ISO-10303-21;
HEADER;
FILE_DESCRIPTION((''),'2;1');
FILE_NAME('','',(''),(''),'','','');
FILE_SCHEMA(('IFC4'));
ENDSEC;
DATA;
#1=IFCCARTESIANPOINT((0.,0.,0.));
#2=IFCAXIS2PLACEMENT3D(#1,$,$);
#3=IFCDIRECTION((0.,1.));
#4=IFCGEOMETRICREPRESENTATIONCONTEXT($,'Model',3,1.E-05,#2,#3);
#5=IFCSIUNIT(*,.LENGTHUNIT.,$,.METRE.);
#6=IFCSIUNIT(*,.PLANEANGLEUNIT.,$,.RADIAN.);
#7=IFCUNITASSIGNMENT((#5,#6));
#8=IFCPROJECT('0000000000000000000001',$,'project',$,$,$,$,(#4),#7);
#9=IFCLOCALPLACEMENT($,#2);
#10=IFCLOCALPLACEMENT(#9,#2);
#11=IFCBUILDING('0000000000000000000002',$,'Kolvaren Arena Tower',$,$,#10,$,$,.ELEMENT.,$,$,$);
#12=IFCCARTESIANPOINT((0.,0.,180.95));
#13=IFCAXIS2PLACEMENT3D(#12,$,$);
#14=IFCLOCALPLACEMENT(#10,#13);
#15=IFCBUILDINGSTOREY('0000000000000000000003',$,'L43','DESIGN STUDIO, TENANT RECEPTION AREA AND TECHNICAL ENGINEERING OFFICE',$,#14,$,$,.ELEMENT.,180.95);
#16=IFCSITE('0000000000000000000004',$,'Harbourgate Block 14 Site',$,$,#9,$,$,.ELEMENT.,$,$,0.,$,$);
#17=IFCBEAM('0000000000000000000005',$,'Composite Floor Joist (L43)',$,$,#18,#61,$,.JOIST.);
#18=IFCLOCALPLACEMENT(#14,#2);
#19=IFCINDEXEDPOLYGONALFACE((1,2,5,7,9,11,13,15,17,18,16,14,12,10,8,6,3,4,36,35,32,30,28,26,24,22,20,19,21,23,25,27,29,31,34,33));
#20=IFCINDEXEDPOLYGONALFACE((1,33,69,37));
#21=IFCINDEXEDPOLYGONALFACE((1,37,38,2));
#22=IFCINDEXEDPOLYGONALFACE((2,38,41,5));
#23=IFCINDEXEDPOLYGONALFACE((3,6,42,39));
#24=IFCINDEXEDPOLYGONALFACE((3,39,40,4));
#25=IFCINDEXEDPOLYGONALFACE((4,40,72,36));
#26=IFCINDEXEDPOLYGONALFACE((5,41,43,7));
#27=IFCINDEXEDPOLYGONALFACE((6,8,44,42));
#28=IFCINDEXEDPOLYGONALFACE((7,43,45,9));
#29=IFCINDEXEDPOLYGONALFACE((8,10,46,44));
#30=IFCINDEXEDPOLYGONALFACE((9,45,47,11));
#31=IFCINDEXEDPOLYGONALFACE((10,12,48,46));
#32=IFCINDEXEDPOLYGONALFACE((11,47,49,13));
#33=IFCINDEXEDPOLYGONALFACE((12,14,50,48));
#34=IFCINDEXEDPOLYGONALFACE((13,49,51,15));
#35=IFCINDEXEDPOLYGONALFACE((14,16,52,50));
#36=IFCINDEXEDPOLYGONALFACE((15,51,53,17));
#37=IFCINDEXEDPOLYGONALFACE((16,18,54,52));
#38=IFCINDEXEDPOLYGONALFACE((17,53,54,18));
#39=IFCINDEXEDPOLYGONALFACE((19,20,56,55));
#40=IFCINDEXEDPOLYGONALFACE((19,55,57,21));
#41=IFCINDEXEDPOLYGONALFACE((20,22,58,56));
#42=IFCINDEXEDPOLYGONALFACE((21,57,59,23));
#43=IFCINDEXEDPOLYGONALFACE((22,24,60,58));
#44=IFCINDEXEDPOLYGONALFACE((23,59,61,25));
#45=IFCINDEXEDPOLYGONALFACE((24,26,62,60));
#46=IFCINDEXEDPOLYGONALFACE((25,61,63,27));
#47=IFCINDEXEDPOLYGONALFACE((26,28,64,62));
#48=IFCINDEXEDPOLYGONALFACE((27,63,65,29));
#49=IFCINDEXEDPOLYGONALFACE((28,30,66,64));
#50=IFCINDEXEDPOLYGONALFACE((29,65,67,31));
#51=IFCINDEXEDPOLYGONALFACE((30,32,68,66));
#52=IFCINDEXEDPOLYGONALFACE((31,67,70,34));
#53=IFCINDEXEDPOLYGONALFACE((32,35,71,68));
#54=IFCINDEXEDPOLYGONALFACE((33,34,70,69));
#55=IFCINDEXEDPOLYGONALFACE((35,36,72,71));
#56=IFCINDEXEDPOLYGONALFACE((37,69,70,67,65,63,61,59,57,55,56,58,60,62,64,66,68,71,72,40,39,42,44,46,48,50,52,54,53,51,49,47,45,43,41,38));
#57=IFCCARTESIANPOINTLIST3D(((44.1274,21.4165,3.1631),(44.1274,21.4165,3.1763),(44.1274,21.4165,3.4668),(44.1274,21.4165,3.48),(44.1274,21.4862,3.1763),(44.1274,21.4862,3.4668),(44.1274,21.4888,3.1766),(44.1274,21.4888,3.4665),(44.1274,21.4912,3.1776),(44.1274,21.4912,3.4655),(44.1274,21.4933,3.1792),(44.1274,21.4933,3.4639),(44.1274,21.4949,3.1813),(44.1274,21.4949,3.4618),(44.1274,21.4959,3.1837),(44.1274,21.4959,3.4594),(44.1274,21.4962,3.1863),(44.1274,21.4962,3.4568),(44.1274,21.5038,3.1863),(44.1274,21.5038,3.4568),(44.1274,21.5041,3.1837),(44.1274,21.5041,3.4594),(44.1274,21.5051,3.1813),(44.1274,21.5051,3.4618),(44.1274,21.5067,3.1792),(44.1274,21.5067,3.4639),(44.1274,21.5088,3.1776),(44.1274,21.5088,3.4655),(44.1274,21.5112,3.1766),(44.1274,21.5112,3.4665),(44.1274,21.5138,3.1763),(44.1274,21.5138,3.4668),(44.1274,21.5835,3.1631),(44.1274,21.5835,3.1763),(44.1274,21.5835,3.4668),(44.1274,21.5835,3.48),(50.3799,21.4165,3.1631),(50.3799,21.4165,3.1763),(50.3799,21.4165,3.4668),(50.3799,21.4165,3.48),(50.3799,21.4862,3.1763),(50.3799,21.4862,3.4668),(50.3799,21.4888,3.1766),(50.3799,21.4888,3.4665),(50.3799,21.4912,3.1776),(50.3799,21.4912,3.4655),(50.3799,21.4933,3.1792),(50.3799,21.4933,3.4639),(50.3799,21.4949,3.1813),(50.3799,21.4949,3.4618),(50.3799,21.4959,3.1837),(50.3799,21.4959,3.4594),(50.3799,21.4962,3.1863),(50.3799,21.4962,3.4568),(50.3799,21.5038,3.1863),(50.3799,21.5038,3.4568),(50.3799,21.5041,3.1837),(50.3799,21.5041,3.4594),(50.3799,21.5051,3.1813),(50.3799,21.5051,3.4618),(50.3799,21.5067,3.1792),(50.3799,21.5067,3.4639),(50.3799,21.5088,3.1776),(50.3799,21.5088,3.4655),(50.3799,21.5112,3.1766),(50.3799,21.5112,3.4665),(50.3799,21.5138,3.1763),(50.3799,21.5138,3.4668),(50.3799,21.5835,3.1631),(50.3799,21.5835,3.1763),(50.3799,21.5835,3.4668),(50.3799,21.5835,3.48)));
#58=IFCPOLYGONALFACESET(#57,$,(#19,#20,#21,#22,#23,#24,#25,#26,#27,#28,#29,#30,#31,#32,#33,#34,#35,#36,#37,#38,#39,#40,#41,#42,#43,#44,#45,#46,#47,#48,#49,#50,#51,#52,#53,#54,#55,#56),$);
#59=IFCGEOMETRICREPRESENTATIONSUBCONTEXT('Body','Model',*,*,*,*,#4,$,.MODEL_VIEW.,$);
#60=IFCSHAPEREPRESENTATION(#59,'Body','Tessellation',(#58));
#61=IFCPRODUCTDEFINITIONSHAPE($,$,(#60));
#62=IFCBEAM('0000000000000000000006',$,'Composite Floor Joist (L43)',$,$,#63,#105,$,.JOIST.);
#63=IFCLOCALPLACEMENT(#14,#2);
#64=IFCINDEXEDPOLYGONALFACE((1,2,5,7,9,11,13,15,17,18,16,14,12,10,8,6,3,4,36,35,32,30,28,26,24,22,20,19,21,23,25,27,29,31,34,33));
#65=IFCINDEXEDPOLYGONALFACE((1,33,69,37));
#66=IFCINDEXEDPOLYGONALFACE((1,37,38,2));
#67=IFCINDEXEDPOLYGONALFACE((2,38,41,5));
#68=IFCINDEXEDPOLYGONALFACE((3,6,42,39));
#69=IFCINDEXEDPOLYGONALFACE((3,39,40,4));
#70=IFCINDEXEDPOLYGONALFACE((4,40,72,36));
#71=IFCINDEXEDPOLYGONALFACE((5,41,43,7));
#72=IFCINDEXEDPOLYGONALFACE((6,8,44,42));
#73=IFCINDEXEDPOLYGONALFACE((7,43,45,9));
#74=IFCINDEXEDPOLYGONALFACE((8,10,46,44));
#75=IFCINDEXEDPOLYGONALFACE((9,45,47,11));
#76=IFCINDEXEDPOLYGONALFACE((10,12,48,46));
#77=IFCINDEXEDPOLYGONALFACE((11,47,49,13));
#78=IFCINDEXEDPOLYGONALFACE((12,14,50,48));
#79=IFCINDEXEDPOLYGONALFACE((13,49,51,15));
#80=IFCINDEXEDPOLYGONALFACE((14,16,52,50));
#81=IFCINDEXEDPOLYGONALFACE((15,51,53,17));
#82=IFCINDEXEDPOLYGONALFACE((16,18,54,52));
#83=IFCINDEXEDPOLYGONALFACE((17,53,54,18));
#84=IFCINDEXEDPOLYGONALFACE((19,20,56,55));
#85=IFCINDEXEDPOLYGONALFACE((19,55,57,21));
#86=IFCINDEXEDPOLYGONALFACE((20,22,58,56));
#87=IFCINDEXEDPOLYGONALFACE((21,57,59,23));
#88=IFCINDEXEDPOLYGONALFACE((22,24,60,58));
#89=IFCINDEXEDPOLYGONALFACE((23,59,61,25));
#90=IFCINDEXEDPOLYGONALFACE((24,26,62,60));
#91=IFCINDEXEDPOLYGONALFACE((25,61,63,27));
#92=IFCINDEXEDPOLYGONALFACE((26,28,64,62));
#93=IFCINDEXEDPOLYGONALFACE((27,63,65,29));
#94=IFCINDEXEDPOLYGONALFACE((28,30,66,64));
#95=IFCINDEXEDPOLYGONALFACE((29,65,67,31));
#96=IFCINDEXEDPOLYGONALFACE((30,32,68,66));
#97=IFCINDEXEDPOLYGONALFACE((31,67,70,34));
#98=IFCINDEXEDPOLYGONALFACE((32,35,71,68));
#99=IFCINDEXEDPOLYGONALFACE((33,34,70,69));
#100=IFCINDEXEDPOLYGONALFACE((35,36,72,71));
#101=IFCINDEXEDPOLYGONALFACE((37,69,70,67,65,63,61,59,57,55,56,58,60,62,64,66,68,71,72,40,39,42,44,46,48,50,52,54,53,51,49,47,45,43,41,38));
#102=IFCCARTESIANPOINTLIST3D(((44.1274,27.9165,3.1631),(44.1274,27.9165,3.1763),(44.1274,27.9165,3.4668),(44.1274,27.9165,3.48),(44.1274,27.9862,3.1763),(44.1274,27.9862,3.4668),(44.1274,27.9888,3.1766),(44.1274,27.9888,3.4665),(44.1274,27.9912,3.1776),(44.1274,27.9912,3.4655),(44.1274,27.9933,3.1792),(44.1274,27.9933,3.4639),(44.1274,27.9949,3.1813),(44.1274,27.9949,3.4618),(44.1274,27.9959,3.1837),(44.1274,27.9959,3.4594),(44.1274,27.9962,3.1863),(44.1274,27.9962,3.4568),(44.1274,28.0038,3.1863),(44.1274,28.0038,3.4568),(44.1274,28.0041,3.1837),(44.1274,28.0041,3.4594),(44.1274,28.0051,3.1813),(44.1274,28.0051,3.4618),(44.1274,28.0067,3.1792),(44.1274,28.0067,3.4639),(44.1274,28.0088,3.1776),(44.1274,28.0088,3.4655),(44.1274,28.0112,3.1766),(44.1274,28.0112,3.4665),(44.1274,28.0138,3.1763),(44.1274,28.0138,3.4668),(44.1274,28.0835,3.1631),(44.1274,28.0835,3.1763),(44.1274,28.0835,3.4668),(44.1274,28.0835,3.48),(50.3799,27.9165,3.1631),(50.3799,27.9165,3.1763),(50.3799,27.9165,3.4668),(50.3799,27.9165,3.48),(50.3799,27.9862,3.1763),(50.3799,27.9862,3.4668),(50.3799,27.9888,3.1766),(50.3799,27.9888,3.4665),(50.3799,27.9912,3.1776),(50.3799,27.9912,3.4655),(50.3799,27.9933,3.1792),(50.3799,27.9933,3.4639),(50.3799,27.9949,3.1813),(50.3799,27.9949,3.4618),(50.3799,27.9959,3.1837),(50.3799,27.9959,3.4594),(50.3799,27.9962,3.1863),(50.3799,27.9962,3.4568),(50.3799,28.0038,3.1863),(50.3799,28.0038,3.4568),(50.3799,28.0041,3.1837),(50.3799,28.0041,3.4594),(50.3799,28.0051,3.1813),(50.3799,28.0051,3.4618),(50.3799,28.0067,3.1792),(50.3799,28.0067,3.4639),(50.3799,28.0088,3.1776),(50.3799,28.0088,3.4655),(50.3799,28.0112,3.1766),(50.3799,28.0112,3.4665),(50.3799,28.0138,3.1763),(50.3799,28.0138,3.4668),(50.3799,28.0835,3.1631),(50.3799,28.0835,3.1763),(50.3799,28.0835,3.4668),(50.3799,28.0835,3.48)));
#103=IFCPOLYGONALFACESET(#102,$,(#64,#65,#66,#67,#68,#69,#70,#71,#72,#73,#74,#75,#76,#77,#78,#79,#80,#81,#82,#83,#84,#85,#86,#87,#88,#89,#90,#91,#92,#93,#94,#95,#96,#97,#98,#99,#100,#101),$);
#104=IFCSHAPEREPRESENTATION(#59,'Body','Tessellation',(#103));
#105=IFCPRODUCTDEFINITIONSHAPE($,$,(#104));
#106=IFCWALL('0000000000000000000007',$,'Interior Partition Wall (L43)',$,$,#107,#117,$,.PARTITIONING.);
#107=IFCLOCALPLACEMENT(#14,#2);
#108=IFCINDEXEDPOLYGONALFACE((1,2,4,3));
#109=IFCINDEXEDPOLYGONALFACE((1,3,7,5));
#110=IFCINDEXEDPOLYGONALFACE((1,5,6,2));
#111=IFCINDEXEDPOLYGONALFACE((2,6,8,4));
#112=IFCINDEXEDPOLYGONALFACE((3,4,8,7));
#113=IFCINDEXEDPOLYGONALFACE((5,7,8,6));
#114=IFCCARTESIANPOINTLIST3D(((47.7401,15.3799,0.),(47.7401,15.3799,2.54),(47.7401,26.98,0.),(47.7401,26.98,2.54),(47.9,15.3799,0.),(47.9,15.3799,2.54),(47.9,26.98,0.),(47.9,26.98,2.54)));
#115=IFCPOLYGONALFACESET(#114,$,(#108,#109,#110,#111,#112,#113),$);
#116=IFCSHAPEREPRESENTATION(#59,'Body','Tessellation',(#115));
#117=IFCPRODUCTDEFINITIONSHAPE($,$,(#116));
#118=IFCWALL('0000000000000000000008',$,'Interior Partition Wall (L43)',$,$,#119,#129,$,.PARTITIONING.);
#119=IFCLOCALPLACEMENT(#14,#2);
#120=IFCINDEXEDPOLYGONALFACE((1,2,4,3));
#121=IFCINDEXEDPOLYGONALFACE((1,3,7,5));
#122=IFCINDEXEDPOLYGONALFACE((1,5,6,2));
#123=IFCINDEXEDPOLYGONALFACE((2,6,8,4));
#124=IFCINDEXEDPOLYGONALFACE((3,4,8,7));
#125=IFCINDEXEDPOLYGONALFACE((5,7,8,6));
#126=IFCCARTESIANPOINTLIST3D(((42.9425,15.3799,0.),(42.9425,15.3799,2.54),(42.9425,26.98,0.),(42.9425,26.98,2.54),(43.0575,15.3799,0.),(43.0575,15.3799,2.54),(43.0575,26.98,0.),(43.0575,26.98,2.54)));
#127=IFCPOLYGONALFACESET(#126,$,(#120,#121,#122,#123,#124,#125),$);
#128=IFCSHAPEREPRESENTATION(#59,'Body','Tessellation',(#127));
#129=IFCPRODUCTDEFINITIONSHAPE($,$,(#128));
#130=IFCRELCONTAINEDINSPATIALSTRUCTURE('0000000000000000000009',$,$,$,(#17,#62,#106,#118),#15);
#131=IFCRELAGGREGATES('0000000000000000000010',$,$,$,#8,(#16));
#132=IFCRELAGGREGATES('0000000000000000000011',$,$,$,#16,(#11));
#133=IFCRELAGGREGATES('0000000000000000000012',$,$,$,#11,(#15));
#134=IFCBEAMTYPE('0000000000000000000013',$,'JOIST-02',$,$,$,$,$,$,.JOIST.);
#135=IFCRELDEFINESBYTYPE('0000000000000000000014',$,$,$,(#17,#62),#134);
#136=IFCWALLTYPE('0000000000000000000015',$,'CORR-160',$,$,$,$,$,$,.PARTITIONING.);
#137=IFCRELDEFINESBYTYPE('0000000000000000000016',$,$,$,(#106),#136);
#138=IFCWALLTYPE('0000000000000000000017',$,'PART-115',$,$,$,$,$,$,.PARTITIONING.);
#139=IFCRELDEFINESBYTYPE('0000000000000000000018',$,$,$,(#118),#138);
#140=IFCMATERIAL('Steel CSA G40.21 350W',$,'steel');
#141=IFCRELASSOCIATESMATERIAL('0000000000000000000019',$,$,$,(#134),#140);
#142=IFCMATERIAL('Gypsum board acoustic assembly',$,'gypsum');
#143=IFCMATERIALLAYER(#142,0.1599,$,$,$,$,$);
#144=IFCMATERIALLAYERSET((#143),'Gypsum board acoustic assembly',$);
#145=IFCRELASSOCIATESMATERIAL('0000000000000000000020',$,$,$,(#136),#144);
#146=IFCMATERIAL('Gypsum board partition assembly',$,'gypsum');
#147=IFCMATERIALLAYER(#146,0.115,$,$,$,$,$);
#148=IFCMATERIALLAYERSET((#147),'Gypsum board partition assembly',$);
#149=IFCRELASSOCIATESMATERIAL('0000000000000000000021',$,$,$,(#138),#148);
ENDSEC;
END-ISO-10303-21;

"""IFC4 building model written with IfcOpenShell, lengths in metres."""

from ifc_helpers import new_model, si_unit, direction, frame, frame_2d, origin, origin_2d, place, context, subcontext, project, spatial, rectangle, i_section, extrude, material, layer, layer_set, material_profile, profile_set, type_object, element, save


model = new_model("IFC4")

# Units and contexts
model_context = context("Model", 3, precision=1e-05, world=origin(), true_north=direction((0.0, 1.0)))
body_context = subcontext(model_context, "Body", "Model", "MODEL_VIEW")
ifc_project = project(units=[si_unit("LENGTHUNIT", "METRE"), si_unit("PLANEANGLEUNIT", "RADIAN")], contexts=[model_context])

# Site, building, storey
site_placement = place(None, origin())
site = spatial("IfcSite", under=ifc_project, at=site_placement, Name="Harbourgate Block 14 Site", CompositionType="ELEMENT", RefElevation=0.0)
building_placement = place(site_placement, origin())
building = spatial("IfcBuilding", under=site, at=building_placement, Name="Kolvaren Arena Tower", CompositionType="ELEMENT")
storey_placement = place(building_placement, frame((0.0, 0.0, 180.95)))
storey = spatial("IfcBuildingStorey", under=building, at=storey_placement, Name="L43", Description="DESIGN STUDIO, TENANT RECEPTION AREA AND TECHNICAL ENGINEERING OFFICE", CompositionType="ELEMENT", Elevation=180.95)

# Beams
ifc_material_1 = material(Name="Steel CSA G40.21 350W", Category="steel")
ifc_material_profile_1 = material_profile(ifc_material_1, i_section(OverallWidth=0.167, OverallDepth=0.3169, WebThickness=0.0076, FlangeThickness=0.0132, FilletRadius=0.01, at=origin_2d()), Name="W310x52")
ifc_profile_set_1 = profile_set([ifc_material_profile_1], Name="Steel CSA G40.21 350W")
beam_type_1 = type_object("IfcBeamType", Name="JOIST-02", PredefinedType="JOIST", material=ifc_profile_set_1)
for number, where, z_axis, x_axis, name in (
    (1, (44.1274, 21.5, 3.3215), (1.0, 0.0, 0.0), (0.0, 1.0, 0.0), "Composite Floor Joist (L43)"),
    (2, (44.1274, 28.0, 3.3215), (1.0, 0.0, 0.0), (0.0, 1.0, 0.0), "Composite Floor Joist (L43)"),
):
    element("IfcBeam", number, at=place(storey_placement, frame(where, z_axis=z_axis, x_axis=x_axis)), inside=storey, type_object=beam_type_1, Name=name, PredefinedType="JOIST", context=body_context, shape_type="SweptSolid", body=[
        extrude(i_section(OverallWidth=0.167, OverallDepth=0.3169, WebThickness=0.0076, FlangeThickness=0.0132, FilletRadius=0.01, at=origin_2d()), origin(), (0.0, 0.0, 1.0), 6.2524),
    ])

# Shared definitions
ifc_material_2 = material(Name="Gypsum board acoustic assembly", Category="gypsum")
ifc_layer_1 = layer(ifc_material_2, 0.1599)
ifc_layer_set_1 = layer_set([ifc_layer_1], Name="Gypsum board acoustic assembly")
wall_type_1 = type_object("IfcWallType", Name="CORR-160", PredefinedType="PARTITIONING", material=ifc_layer_set_1)

# Walls
wall_1_placement = place(storey_placement, frame((47.8201, 15.3799, 0.0), z_axis=(0.0, 0.0, 1.0), x_axis=(0.0, 1.0, 0.0)))
element("IfcWall", 3, at=wall_1_placement, inside=storey, type_object=wall_type_1, Name="Interior Partition Wall (L43)", PredefinedType="PARTITIONING", context=body_context, shape_type="SweptSolid", body=[
    extrude(rectangle(XDim=11.6001, YDim=0.1599, at=frame_2d((5.8, 0.0))), origin(), (0.0, 0.0, 1.0), 2.54),
])
ifc_material_3 = material(Name="Gypsum board partition assembly", Category="gypsum")
ifc_layer_2 = layer(ifc_material_3, 0.115)
ifc_layer_set_2 = layer_set([ifc_layer_2], Name="Gypsum board partition assembly")
wall_type_2 = type_object("IfcWallType", Name="PART-115", PredefinedType="PARTITIONING", material=ifc_layer_set_2)
wall_2_placement = place(storey_placement, frame((43.0, 15.3799, 0.0), z_axis=(0.0, 0.0, 1.0), x_axis=(0.0, 1.0, 0.0)))
element("IfcWall", 4, at=wall_2_placement, inside=storey, type_object=wall_type_2, Name="Interior Partition Wall (L43)", PredefinedType="PARTITIONING", context=body_context, shape_type="SweptSolid", body=[
    extrude(rectangle(XDim=11.6001, YDim=0.115, at=frame_2d((5.8, 0.0))), origin(), (0.0, 0.0, 1.0), 2.54),
])

save(model, "model.ifc")
